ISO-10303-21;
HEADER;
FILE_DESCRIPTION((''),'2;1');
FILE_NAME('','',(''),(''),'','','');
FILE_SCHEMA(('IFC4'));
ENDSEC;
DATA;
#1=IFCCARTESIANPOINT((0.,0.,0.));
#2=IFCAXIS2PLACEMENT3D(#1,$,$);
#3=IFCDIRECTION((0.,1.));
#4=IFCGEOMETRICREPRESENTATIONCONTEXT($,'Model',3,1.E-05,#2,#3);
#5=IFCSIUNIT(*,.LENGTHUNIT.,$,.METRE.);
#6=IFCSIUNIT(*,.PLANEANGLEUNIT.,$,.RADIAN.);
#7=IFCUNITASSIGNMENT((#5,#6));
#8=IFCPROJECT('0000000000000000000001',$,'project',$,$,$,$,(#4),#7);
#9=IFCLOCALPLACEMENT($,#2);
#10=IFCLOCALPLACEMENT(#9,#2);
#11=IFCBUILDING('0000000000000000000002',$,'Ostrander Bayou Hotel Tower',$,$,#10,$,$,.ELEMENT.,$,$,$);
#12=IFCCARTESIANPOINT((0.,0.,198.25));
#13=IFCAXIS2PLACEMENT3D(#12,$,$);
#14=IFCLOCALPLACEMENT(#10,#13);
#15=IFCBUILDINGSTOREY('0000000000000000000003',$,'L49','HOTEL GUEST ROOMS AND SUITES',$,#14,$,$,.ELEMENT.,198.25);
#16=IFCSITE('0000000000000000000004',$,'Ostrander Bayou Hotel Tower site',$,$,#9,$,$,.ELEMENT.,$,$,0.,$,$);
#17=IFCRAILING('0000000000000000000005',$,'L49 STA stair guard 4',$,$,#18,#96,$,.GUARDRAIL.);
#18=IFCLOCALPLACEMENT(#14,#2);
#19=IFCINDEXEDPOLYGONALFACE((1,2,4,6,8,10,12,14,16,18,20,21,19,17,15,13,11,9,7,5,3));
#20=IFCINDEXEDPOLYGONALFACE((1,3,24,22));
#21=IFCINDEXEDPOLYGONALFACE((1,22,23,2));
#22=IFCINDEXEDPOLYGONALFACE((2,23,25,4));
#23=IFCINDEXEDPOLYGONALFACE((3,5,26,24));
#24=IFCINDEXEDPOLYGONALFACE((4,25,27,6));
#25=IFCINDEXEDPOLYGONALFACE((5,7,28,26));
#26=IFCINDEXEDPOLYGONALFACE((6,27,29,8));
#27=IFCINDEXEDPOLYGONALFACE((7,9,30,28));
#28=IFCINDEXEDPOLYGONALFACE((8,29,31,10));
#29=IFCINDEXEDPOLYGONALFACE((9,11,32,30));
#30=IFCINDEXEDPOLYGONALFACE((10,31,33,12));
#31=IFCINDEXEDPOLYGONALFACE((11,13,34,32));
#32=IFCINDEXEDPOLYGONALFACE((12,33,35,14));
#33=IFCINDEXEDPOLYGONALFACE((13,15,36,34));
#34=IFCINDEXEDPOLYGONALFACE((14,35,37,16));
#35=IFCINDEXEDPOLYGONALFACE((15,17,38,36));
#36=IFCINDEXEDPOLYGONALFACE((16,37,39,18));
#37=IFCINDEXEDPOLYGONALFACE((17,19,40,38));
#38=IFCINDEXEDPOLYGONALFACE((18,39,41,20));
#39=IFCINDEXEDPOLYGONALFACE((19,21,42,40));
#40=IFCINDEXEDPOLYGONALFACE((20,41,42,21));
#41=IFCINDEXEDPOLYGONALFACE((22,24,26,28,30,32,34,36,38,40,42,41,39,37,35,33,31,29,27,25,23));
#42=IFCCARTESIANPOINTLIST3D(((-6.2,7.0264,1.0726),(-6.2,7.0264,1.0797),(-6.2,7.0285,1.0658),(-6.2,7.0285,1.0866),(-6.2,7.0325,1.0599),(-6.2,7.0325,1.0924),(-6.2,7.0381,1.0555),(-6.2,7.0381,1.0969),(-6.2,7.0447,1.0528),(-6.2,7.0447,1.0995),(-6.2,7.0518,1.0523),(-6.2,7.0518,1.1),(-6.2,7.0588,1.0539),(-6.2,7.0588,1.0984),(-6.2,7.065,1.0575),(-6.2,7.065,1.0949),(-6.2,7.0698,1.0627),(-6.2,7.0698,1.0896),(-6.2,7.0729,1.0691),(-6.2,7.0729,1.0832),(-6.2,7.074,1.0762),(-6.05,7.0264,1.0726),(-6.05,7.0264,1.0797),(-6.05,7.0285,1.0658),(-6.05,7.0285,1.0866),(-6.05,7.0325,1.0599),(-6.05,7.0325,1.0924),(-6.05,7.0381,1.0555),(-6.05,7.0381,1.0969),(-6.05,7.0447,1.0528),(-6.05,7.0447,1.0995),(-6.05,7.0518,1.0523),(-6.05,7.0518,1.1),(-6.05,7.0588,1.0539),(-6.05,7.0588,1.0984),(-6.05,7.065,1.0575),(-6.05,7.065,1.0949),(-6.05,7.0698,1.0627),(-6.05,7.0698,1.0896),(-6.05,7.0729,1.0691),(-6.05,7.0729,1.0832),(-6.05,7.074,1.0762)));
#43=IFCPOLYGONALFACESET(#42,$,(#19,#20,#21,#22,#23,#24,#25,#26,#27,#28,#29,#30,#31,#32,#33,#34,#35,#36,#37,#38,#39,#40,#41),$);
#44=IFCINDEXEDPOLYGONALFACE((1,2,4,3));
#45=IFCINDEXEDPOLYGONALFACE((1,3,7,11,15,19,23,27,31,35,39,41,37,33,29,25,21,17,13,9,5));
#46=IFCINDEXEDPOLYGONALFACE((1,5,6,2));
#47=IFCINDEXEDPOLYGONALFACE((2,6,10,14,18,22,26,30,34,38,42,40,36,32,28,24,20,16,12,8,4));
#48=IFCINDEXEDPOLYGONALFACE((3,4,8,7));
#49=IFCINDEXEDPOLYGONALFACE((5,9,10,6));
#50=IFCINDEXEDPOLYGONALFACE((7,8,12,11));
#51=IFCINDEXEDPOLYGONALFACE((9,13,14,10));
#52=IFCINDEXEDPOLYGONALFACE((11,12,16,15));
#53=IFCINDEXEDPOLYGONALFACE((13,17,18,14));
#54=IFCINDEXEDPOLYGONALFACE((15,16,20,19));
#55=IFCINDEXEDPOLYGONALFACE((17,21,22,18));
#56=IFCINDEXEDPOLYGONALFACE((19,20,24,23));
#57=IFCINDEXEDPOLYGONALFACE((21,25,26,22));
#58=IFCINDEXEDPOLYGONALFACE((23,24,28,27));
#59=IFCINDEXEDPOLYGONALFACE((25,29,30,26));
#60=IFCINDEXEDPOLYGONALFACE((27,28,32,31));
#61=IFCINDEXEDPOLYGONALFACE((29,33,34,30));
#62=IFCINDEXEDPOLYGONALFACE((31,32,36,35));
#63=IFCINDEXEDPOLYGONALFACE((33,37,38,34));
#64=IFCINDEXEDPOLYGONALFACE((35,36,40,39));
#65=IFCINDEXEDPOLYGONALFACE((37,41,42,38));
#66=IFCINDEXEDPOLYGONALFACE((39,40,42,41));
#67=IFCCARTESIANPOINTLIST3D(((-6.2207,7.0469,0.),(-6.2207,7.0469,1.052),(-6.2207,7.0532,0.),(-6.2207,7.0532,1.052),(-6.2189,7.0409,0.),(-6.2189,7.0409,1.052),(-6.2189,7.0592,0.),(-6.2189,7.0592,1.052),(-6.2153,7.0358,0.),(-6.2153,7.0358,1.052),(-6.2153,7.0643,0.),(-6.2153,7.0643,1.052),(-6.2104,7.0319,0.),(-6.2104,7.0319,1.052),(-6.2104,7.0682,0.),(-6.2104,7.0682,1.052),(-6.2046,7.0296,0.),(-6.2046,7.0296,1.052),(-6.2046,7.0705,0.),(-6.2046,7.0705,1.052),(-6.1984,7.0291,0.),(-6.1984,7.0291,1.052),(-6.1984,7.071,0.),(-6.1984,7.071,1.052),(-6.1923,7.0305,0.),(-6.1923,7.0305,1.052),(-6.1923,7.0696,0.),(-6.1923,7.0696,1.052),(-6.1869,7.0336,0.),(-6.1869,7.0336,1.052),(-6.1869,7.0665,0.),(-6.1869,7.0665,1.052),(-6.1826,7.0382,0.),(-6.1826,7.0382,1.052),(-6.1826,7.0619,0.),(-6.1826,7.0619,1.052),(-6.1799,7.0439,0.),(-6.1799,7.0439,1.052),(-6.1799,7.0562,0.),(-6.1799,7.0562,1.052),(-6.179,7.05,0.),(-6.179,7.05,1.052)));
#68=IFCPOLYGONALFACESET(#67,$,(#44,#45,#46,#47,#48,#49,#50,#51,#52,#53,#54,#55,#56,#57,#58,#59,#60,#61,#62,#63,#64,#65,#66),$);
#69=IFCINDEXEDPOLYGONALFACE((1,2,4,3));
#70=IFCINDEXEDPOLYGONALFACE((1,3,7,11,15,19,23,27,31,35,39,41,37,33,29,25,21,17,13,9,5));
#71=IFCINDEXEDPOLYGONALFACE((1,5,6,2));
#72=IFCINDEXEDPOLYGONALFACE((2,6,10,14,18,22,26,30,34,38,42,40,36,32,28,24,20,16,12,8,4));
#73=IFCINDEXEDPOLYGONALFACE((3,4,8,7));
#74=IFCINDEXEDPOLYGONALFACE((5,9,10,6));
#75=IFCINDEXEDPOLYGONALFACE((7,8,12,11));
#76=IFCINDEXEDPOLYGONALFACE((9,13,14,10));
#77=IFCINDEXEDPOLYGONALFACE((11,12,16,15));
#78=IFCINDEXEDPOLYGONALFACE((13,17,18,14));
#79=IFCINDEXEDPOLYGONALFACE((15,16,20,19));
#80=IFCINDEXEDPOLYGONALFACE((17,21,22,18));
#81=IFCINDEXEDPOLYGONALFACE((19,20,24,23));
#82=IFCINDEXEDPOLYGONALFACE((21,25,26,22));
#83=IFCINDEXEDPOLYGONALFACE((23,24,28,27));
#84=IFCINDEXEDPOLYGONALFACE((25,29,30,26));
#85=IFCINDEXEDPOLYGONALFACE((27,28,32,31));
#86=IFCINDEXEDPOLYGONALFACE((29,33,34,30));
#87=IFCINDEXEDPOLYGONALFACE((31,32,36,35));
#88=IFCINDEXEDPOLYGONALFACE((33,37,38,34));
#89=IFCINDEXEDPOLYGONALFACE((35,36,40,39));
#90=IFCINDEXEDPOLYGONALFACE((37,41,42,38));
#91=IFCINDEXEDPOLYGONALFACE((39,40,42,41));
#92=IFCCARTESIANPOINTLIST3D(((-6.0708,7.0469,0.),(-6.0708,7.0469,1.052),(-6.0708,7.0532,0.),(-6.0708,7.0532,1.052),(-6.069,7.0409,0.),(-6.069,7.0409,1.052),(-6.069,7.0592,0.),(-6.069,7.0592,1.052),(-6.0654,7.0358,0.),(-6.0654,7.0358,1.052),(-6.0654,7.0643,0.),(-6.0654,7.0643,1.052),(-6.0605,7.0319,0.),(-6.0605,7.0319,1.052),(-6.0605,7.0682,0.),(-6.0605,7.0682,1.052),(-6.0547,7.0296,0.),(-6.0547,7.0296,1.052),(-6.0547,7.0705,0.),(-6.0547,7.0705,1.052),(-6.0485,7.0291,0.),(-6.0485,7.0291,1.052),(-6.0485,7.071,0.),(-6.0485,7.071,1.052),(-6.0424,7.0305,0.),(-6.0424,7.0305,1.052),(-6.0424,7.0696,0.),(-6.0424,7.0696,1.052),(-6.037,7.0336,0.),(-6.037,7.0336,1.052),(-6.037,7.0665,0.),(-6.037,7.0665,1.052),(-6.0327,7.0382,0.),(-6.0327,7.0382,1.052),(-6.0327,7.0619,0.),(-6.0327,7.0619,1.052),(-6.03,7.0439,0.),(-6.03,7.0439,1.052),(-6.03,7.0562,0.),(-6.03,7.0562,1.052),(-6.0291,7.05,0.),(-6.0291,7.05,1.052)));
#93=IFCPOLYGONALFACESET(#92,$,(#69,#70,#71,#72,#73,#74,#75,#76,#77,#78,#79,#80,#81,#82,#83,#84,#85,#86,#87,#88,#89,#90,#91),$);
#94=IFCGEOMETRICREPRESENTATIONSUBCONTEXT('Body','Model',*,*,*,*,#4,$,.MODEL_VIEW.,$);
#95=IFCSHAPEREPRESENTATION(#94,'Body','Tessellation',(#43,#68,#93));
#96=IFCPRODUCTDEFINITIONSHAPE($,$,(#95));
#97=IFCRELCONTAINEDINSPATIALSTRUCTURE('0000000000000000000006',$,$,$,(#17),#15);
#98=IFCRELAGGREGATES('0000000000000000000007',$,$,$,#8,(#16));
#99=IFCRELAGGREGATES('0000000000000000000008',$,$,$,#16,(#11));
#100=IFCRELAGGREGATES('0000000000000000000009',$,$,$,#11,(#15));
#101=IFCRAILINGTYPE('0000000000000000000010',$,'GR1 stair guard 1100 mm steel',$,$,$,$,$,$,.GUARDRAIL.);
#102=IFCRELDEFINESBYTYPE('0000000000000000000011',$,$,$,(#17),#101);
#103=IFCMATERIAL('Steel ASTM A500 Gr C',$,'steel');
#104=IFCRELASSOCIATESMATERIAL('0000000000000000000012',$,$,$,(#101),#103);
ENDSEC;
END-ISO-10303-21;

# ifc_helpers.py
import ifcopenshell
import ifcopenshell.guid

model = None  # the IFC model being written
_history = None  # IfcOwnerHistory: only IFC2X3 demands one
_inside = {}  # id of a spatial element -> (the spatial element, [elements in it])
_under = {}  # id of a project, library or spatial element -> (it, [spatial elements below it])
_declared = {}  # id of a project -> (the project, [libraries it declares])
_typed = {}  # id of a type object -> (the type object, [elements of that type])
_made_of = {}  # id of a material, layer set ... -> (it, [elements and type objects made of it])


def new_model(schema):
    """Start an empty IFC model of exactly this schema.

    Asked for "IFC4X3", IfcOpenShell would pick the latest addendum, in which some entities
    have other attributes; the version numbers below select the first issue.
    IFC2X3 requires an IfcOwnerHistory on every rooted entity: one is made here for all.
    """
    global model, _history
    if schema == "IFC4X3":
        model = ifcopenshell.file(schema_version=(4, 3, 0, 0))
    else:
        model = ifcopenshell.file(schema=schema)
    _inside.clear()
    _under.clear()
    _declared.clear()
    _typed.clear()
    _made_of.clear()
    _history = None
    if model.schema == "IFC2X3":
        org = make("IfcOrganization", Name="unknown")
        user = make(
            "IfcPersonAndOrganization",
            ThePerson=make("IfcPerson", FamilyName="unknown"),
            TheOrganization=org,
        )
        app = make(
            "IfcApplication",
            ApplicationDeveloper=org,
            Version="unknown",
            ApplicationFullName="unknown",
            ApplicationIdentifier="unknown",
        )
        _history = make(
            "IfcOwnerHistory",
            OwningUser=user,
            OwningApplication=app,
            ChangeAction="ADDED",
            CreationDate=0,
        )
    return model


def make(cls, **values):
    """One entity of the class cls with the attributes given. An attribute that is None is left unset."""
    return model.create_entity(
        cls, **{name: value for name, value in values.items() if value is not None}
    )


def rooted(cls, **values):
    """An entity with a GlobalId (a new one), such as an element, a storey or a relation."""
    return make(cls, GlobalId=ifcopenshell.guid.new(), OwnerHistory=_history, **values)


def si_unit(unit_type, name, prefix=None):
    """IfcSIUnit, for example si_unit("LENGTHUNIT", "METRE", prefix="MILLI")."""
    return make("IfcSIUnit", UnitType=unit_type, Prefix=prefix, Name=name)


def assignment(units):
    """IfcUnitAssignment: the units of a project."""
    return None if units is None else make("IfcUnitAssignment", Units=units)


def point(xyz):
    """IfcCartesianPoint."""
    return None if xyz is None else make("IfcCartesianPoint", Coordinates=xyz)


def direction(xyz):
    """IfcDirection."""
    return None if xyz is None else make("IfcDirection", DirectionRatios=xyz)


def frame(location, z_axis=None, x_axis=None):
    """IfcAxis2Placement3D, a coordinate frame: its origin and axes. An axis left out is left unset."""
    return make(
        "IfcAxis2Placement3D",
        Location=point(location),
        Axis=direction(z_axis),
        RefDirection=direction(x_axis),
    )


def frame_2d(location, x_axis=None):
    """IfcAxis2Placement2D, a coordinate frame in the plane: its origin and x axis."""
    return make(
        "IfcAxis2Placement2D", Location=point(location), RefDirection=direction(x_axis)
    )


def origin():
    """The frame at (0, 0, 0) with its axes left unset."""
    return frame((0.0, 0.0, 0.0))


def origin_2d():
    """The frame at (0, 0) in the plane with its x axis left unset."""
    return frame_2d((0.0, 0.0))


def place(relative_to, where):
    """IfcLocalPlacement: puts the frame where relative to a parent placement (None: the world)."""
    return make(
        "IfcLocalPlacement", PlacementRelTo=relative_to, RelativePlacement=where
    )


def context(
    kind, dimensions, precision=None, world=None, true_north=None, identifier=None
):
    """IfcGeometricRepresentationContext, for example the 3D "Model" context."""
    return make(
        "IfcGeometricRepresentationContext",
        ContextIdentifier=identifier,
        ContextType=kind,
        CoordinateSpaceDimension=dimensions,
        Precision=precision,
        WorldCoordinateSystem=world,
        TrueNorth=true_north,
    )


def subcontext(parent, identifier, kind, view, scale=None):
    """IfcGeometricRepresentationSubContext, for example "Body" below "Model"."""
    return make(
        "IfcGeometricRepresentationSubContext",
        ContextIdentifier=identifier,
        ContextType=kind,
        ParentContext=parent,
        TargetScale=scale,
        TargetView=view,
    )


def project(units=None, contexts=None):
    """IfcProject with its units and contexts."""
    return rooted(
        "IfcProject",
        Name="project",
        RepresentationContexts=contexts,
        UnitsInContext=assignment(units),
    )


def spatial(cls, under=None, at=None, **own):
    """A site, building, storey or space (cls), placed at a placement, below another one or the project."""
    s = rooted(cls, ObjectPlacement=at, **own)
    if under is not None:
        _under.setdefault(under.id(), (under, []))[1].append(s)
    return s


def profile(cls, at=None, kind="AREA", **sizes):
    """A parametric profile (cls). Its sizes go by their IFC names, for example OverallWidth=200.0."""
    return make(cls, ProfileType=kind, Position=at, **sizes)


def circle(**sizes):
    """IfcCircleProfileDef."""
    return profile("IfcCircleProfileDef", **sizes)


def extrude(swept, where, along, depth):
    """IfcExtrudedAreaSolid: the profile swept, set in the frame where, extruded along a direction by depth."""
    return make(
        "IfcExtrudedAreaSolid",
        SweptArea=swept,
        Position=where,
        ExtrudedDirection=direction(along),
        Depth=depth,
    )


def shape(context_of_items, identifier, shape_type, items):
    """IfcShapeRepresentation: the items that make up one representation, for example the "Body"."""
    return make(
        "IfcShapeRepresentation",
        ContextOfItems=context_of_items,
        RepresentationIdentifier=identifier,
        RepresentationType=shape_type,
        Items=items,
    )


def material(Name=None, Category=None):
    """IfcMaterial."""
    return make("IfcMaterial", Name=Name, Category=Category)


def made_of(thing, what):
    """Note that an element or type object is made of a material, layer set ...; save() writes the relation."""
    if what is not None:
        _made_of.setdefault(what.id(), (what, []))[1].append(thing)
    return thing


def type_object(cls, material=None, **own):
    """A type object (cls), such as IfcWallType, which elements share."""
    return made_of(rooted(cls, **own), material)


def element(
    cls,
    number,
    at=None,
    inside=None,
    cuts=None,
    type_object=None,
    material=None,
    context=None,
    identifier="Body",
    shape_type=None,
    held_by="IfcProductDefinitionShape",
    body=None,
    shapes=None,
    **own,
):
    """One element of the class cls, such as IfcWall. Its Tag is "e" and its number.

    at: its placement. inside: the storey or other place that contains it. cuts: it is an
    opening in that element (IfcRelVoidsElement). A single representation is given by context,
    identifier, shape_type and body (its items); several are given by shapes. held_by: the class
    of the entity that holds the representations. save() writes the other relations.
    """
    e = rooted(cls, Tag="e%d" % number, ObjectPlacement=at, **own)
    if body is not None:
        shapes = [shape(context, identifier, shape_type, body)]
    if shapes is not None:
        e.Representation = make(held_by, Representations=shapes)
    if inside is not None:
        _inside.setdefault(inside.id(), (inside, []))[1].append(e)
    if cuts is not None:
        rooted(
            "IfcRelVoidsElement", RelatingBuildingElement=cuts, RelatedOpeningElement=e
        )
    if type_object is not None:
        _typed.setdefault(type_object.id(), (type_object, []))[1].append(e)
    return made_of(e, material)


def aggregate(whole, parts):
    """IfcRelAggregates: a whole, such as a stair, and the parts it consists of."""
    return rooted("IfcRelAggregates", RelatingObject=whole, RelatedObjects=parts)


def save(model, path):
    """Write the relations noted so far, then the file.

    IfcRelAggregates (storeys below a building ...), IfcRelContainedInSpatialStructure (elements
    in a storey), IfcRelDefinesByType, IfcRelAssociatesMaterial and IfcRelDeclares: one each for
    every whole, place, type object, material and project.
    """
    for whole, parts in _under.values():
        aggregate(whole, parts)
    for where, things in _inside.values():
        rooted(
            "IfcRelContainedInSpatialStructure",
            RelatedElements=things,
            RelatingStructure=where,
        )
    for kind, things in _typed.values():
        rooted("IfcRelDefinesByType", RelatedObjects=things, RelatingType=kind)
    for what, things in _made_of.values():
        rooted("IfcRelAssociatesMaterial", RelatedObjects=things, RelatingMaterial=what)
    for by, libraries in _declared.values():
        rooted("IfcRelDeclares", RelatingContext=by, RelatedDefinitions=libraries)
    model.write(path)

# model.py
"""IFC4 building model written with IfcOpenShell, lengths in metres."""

from ifc_helpers import new_model, si_unit, direction, frame, origin, origin_2d, place, context, subcontext, project, spatial, circle, extrude, material, type_object, element, save


model = new_model("IFC4")

# Units and contexts
model_context = context("Model", 3, precision=1e-05, world=origin(), true_north=direction((0.0, 1.0)))
body_context = subcontext(model_context, "Body", "Model", "MODEL_VIEW")
ifc_project = project(units=[si_unit("LENGTHUNIT", "METRE"), si_unit("PLANEANGLEUNIT", "RADIAN")], contexts=[model_context])

# Site, building, storey
site_placement = place(None, origin())
site = spatial("IfcSite", under=ifc_project, at=site_placement, Name="Ostrander Bayou Hotel Tower site", CompositionType="ELEMENT", RefElevation=0.0)
building_placement = place(site_placement, origin())
building = spatial("IfcBuilding", under=site, at=building_placement, Name="Ostrander Bayou Hotel Tower", CompositionType="ELEMENT")
storey_placement = place(building_placement, frame((0.0, 0.0, 198.25)))
storey = spatial("IfcBuildingStorey", under=building, at=storey_placement, Name="L49", Description="HOTEL GUEST ROOMS AND SUITES", CompositionType="ELEMENT", Elevation=198.25)

# Railing
ifc_material_1 = material(Name="Steel ASTM A500 Gr C", Category="steel")
railing_type_1 = type_object("IfcRailingType", Name="GR1 stair guard 1100 mm steel", PredefinedType="GUARDRAIL", material=ifc_material_1)
railing_1_placement = place(storey_placement, frame((-6.2, 7.05, 0.0)))
element("IfcRailing", 1, at=railing_1_placement, inside=storey, type_object=railing_type_1, Name="L49 STA stair guard 4", PredefinedType="GUARDRAIL", context=body_context, shape_type="SweptSolid", body=[
    extrude(circle(Radius=0.0239, at=origin_2d()), frame((0.0, 0.0, 1.0762), z_axis=(1.0, 0.0, 0.0), x_axis=(0.0, 1.0, 0.0)), (0.0, 0.0, 1.0), 0.1499),
    extrude(circle(Radius=0.021, at=origin_2d()), origin(), (0.0, 0.0, 1.0), 1.052),
    extrude(circle(Radius=0.021, at=origin_2d()), frame((0.1499, 0.0, 0.0)), (0.0, 0.0, 1.0), 1.052),
])

save(model, "model.ifc")
